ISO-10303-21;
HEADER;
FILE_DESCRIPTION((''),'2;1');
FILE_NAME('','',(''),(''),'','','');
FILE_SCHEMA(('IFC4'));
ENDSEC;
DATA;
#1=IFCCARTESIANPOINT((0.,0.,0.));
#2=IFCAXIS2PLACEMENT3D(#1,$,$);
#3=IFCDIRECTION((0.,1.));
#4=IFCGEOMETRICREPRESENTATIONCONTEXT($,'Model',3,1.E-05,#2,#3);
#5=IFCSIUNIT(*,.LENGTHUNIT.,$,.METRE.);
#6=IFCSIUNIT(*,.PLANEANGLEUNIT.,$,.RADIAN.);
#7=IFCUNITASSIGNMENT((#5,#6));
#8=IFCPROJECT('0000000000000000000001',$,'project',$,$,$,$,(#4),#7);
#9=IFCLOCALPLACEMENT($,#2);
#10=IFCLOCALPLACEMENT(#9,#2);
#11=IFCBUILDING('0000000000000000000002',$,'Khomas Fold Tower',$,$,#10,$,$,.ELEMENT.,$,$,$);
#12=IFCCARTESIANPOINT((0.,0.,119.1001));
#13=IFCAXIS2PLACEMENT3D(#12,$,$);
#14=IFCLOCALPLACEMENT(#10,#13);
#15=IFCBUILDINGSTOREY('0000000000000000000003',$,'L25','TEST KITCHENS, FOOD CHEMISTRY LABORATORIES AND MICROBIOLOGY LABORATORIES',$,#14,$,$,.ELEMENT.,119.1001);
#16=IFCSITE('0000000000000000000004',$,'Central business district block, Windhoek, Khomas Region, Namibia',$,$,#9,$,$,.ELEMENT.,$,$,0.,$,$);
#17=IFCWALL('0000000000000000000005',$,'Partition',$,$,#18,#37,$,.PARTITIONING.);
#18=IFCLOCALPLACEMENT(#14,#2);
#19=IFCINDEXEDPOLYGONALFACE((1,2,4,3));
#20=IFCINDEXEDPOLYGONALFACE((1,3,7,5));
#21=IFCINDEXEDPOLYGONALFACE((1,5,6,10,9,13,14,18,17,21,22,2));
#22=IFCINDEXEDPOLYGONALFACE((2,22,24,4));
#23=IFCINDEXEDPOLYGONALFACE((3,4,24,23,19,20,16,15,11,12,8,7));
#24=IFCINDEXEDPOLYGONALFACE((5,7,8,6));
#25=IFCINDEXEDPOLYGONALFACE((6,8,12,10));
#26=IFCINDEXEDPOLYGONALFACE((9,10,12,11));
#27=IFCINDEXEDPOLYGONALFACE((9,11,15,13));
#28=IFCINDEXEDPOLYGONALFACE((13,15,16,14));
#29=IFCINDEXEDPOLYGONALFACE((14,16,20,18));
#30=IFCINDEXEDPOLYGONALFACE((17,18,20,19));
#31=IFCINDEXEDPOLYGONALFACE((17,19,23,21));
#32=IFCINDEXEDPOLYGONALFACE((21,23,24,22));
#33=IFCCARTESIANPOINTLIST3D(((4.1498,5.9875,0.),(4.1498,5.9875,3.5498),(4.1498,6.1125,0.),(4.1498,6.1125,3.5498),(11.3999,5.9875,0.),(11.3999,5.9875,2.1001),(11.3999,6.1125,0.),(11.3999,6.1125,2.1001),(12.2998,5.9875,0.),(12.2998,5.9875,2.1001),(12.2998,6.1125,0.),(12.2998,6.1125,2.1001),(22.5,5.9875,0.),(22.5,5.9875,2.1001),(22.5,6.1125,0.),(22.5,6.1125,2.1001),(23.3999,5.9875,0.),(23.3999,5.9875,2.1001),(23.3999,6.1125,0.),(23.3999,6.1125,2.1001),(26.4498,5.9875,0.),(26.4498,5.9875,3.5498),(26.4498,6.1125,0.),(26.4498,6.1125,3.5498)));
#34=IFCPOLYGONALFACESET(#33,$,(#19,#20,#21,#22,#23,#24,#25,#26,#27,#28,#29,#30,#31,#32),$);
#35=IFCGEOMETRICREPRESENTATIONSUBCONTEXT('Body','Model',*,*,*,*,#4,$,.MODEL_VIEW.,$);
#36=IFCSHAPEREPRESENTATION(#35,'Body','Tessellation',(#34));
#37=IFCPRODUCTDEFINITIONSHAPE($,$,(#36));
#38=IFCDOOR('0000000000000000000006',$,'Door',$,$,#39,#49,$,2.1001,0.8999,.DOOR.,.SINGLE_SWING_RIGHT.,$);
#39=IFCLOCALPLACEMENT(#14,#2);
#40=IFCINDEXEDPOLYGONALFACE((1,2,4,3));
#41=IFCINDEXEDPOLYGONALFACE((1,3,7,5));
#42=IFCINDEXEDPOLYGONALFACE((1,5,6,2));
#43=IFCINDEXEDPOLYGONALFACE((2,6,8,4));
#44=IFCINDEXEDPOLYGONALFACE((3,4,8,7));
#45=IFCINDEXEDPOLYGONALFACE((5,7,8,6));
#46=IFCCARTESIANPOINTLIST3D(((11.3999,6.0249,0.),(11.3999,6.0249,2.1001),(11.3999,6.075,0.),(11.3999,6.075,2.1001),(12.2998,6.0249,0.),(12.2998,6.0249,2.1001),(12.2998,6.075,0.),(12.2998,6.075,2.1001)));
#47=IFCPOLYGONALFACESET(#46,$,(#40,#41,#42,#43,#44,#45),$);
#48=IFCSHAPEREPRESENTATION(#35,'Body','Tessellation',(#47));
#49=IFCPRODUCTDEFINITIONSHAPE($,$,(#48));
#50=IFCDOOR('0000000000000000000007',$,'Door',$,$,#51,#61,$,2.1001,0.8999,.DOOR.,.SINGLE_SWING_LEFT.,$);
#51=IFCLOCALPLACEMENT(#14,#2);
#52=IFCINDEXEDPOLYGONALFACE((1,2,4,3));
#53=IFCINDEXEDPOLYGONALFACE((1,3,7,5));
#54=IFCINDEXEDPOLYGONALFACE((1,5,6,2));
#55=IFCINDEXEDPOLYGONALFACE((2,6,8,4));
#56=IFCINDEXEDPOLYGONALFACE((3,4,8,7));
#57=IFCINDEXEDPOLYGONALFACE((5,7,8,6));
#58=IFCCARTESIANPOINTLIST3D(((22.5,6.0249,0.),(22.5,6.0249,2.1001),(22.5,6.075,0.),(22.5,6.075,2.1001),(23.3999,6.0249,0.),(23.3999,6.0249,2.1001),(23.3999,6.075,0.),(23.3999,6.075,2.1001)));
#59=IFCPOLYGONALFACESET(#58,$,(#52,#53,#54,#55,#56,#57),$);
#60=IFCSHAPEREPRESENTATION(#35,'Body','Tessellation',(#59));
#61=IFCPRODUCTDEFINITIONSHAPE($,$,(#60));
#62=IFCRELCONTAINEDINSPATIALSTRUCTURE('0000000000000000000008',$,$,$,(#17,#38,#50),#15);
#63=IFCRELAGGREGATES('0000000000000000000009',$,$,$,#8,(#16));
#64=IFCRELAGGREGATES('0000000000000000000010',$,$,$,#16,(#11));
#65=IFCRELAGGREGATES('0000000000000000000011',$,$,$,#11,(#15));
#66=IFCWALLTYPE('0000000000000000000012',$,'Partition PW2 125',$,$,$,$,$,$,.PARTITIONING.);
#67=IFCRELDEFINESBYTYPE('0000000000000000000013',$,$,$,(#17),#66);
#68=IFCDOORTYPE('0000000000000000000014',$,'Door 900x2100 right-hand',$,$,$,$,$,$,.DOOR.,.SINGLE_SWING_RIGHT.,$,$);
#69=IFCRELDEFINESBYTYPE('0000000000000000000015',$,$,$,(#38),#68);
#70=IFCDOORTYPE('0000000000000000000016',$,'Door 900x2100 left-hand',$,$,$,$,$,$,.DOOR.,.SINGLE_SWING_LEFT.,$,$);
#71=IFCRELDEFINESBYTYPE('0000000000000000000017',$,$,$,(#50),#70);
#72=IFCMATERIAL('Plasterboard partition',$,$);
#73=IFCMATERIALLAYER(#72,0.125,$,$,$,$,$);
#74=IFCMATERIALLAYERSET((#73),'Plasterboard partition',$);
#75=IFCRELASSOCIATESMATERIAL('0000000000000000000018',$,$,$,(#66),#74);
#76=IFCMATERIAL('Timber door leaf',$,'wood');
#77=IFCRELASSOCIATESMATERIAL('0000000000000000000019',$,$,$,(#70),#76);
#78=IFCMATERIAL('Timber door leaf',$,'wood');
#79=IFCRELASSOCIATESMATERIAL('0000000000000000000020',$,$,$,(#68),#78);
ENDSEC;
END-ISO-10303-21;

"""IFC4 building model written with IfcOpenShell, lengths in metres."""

from ifc_helpers import new_model, si_unit, direction, frame, frame_2d, origin, place, context, subcontext, project, spatial, rectangle, extrude, source, transform, mapped, material, layer, layer_set, type_object, element, fill, save


model = new_model("IFC4")

# Units and contexts
model_context = context("Model", 3, precision=1e-05, world=origin(), true_north=direction((0.0, 1.0)))
body_context = subcontext(model_context, "Body", "Model", "MODEL_VIEW")
ifc_project = project(units=[si_unit("LENGTHUNIT", "METRE"), si_unit("PLANEANGLEUNIT", "RADIAN")], contexts=[model_context])

# Site, building, storey
site_placement = place(None, origin())
site = spatial("IfcSite", under=ifc_project, at=site_placement, Name="Central business district block, Windhoek, Khomas Region, Namibia", CompositionType="ELEMENT", RefElevation=0.0)
building_placement = place(site_placement, origin())
building = spatial("IfcBuilding", under=site, at=building_placement, Name="Khomas Fold Tower", CompositionType="ELEMENT")
storey_placement = place(building_placement, frame((0.0, 0.0, 119.1001)))
storey = spatial("IfcBuildingStorey", under=building, at=storey_placement, Name="L25", Description="TEST KITCHENS, FOOD CHEMISTRY LABORATORIES AND MICROBIOLOGY LABORATORIES", CompositionType="ELEMENT", Elevation=119.1001)

# Shared definitions
ifc_material_1 = material(Name="Plasterboard partition")
ifc_layer_1 = layer(ifc_material_1, 0.125)
ifc_layer_set_1 = layer_set([ifc_layer_1], Name="Plasterboard partition")
wall_type_1 = type_object("IfcWallType", Name="Partition PW2 125", PredefinedType="PARTITIONING", material=ifc_layer_set_1)
shared_shape_1 = source(origin(), body_context, "Body", "SweptSolid", [
    extrude(rectangle(XDim=0.8999, YDim=2.1001, at=frame_2d((0.45, 1.05))), frame((0.0, 0.0725, 0.0), z_axis=(0.0, -1.0, 0.0), x_axis=(1.0, 0.0, 0.0)), (0.0, 0.0, 1.0), 0.145),
])
ifc_material_2 = material(Name="Timber door leaf", Category="wood")
door_type_1 = type_object("IfcDoorType", Name="Door 900x2100 left-hand", OperationType="SINGLE_SWING_LEFT", PredefinedType="DOOR", material=ifc_material_2)
shared_shape_2 = source(origin(), body_context, "Body", "SweptSolid", [
    extrude(rectangle(XDim=0.8999, YDim=2.1001, at=frame_2d((0.45, 1.05))), frame((0.0, 0.0249, 0.0), z_axis=(0.0, -1.0, 0.0), x_axis=(1.0, 0.0, 0.0)), (0.0, 0.0, 1.0), 0.05),
])

# Wall, openings, doors
shared_shape_3 = source(origin(), body_context, "Body", "SweptSolid", [
    extrude(rectangle(XDim=22.3, YDim=0.125, at=frame_2d((11.1499, 0.0))), origin(), (0.0, 0.0, 1.0), 3.5498),
])
wall_1_placement = place(storey_placement, frame((4.1499, 6.05, 0.0), z_axis=(0.0, 0.0, 1.0), x_axis=(1.0, 0.0, 0.0)))
wall_1 = element("IfcWall", 1, at=wall_1_placement, inside=storey, type_object=wall_type_1, Name="Partition", PredefinedType="PARTITIONING", context=body_context, shape_type="MappedRepresentation", body=[
    mapped(shared_shape_3, transform((0.0, 0.0, 0.0))),
])
opening_1_placement = place(wall_1_placement, frame((7.25, 0.0, 0.0)))
opening_1 = element("IfcOpeningElement", 2, at=opening_1_placement, cuts=wall_1, PredefinedType="OPENING", context=body_context, shape_type="MappedRepresentation", body=[
    mapped(shared_shape_1, transform((0.0, 0.0, 0.0))),
])
opening_2_placement = place(wall_1_placement, frame((18.3501, 0.0, 0.0)))
opening_2 = element("IfcOpeningElement", 3, at=opening_2_placement, cuts=wall_1, PredefinedType="OPENING", context=body_context, shape_type="MappedRepresentation", body=[
    mapped(shared_shape_1, transform((0.0, 0.0, 0.0))),
])
ifc_material_3 = material(Name="Timber door leaf", Category="wood")
door_type_2 = type_object("IfcDoorType", Name="Door 900x2100 right-hand", OperationType="SINGLE_SWING_RIGHT", PredefinedType="DOOR", material=ifc_material_3)
door_1_placement = place(opening_1_placement, origin())
door_1 = element("IfcDoor", 4, at=door_1_placement, inside=storey, type_object=door_type_2, Name="Door", OperationType="SINGLE_SWING_RIGHT", OverallHeight=2.1001, OverallWidth=0.8999, PredefinedType="DOOR", context=body_context, shape_type="MappedRepresentation", body=[
    mapped(shared_shape_2, transform((0.0, 0.0, 0.0))),
])
fill(opening_1, door_1)
door_2_placement = place(opening_2_placement, origin())
door_2 = element("IfcDoor", 5, at=door_2_placement, inside=storey, type_object=door_type_1, Name="Door", OperationType="SINGLE_SWING_LEFT", OverallHeight=2.1001, OverallWidth=0.8999, PredefinedType="DOOR", context=body_context, shape_type="MappedRepresentation", body=[
    mapped(shared_shape_2, transform((0.0, 0.0, 0.0))),
])
fill(opening_2, door_2)

save(model, "model.ifc")
